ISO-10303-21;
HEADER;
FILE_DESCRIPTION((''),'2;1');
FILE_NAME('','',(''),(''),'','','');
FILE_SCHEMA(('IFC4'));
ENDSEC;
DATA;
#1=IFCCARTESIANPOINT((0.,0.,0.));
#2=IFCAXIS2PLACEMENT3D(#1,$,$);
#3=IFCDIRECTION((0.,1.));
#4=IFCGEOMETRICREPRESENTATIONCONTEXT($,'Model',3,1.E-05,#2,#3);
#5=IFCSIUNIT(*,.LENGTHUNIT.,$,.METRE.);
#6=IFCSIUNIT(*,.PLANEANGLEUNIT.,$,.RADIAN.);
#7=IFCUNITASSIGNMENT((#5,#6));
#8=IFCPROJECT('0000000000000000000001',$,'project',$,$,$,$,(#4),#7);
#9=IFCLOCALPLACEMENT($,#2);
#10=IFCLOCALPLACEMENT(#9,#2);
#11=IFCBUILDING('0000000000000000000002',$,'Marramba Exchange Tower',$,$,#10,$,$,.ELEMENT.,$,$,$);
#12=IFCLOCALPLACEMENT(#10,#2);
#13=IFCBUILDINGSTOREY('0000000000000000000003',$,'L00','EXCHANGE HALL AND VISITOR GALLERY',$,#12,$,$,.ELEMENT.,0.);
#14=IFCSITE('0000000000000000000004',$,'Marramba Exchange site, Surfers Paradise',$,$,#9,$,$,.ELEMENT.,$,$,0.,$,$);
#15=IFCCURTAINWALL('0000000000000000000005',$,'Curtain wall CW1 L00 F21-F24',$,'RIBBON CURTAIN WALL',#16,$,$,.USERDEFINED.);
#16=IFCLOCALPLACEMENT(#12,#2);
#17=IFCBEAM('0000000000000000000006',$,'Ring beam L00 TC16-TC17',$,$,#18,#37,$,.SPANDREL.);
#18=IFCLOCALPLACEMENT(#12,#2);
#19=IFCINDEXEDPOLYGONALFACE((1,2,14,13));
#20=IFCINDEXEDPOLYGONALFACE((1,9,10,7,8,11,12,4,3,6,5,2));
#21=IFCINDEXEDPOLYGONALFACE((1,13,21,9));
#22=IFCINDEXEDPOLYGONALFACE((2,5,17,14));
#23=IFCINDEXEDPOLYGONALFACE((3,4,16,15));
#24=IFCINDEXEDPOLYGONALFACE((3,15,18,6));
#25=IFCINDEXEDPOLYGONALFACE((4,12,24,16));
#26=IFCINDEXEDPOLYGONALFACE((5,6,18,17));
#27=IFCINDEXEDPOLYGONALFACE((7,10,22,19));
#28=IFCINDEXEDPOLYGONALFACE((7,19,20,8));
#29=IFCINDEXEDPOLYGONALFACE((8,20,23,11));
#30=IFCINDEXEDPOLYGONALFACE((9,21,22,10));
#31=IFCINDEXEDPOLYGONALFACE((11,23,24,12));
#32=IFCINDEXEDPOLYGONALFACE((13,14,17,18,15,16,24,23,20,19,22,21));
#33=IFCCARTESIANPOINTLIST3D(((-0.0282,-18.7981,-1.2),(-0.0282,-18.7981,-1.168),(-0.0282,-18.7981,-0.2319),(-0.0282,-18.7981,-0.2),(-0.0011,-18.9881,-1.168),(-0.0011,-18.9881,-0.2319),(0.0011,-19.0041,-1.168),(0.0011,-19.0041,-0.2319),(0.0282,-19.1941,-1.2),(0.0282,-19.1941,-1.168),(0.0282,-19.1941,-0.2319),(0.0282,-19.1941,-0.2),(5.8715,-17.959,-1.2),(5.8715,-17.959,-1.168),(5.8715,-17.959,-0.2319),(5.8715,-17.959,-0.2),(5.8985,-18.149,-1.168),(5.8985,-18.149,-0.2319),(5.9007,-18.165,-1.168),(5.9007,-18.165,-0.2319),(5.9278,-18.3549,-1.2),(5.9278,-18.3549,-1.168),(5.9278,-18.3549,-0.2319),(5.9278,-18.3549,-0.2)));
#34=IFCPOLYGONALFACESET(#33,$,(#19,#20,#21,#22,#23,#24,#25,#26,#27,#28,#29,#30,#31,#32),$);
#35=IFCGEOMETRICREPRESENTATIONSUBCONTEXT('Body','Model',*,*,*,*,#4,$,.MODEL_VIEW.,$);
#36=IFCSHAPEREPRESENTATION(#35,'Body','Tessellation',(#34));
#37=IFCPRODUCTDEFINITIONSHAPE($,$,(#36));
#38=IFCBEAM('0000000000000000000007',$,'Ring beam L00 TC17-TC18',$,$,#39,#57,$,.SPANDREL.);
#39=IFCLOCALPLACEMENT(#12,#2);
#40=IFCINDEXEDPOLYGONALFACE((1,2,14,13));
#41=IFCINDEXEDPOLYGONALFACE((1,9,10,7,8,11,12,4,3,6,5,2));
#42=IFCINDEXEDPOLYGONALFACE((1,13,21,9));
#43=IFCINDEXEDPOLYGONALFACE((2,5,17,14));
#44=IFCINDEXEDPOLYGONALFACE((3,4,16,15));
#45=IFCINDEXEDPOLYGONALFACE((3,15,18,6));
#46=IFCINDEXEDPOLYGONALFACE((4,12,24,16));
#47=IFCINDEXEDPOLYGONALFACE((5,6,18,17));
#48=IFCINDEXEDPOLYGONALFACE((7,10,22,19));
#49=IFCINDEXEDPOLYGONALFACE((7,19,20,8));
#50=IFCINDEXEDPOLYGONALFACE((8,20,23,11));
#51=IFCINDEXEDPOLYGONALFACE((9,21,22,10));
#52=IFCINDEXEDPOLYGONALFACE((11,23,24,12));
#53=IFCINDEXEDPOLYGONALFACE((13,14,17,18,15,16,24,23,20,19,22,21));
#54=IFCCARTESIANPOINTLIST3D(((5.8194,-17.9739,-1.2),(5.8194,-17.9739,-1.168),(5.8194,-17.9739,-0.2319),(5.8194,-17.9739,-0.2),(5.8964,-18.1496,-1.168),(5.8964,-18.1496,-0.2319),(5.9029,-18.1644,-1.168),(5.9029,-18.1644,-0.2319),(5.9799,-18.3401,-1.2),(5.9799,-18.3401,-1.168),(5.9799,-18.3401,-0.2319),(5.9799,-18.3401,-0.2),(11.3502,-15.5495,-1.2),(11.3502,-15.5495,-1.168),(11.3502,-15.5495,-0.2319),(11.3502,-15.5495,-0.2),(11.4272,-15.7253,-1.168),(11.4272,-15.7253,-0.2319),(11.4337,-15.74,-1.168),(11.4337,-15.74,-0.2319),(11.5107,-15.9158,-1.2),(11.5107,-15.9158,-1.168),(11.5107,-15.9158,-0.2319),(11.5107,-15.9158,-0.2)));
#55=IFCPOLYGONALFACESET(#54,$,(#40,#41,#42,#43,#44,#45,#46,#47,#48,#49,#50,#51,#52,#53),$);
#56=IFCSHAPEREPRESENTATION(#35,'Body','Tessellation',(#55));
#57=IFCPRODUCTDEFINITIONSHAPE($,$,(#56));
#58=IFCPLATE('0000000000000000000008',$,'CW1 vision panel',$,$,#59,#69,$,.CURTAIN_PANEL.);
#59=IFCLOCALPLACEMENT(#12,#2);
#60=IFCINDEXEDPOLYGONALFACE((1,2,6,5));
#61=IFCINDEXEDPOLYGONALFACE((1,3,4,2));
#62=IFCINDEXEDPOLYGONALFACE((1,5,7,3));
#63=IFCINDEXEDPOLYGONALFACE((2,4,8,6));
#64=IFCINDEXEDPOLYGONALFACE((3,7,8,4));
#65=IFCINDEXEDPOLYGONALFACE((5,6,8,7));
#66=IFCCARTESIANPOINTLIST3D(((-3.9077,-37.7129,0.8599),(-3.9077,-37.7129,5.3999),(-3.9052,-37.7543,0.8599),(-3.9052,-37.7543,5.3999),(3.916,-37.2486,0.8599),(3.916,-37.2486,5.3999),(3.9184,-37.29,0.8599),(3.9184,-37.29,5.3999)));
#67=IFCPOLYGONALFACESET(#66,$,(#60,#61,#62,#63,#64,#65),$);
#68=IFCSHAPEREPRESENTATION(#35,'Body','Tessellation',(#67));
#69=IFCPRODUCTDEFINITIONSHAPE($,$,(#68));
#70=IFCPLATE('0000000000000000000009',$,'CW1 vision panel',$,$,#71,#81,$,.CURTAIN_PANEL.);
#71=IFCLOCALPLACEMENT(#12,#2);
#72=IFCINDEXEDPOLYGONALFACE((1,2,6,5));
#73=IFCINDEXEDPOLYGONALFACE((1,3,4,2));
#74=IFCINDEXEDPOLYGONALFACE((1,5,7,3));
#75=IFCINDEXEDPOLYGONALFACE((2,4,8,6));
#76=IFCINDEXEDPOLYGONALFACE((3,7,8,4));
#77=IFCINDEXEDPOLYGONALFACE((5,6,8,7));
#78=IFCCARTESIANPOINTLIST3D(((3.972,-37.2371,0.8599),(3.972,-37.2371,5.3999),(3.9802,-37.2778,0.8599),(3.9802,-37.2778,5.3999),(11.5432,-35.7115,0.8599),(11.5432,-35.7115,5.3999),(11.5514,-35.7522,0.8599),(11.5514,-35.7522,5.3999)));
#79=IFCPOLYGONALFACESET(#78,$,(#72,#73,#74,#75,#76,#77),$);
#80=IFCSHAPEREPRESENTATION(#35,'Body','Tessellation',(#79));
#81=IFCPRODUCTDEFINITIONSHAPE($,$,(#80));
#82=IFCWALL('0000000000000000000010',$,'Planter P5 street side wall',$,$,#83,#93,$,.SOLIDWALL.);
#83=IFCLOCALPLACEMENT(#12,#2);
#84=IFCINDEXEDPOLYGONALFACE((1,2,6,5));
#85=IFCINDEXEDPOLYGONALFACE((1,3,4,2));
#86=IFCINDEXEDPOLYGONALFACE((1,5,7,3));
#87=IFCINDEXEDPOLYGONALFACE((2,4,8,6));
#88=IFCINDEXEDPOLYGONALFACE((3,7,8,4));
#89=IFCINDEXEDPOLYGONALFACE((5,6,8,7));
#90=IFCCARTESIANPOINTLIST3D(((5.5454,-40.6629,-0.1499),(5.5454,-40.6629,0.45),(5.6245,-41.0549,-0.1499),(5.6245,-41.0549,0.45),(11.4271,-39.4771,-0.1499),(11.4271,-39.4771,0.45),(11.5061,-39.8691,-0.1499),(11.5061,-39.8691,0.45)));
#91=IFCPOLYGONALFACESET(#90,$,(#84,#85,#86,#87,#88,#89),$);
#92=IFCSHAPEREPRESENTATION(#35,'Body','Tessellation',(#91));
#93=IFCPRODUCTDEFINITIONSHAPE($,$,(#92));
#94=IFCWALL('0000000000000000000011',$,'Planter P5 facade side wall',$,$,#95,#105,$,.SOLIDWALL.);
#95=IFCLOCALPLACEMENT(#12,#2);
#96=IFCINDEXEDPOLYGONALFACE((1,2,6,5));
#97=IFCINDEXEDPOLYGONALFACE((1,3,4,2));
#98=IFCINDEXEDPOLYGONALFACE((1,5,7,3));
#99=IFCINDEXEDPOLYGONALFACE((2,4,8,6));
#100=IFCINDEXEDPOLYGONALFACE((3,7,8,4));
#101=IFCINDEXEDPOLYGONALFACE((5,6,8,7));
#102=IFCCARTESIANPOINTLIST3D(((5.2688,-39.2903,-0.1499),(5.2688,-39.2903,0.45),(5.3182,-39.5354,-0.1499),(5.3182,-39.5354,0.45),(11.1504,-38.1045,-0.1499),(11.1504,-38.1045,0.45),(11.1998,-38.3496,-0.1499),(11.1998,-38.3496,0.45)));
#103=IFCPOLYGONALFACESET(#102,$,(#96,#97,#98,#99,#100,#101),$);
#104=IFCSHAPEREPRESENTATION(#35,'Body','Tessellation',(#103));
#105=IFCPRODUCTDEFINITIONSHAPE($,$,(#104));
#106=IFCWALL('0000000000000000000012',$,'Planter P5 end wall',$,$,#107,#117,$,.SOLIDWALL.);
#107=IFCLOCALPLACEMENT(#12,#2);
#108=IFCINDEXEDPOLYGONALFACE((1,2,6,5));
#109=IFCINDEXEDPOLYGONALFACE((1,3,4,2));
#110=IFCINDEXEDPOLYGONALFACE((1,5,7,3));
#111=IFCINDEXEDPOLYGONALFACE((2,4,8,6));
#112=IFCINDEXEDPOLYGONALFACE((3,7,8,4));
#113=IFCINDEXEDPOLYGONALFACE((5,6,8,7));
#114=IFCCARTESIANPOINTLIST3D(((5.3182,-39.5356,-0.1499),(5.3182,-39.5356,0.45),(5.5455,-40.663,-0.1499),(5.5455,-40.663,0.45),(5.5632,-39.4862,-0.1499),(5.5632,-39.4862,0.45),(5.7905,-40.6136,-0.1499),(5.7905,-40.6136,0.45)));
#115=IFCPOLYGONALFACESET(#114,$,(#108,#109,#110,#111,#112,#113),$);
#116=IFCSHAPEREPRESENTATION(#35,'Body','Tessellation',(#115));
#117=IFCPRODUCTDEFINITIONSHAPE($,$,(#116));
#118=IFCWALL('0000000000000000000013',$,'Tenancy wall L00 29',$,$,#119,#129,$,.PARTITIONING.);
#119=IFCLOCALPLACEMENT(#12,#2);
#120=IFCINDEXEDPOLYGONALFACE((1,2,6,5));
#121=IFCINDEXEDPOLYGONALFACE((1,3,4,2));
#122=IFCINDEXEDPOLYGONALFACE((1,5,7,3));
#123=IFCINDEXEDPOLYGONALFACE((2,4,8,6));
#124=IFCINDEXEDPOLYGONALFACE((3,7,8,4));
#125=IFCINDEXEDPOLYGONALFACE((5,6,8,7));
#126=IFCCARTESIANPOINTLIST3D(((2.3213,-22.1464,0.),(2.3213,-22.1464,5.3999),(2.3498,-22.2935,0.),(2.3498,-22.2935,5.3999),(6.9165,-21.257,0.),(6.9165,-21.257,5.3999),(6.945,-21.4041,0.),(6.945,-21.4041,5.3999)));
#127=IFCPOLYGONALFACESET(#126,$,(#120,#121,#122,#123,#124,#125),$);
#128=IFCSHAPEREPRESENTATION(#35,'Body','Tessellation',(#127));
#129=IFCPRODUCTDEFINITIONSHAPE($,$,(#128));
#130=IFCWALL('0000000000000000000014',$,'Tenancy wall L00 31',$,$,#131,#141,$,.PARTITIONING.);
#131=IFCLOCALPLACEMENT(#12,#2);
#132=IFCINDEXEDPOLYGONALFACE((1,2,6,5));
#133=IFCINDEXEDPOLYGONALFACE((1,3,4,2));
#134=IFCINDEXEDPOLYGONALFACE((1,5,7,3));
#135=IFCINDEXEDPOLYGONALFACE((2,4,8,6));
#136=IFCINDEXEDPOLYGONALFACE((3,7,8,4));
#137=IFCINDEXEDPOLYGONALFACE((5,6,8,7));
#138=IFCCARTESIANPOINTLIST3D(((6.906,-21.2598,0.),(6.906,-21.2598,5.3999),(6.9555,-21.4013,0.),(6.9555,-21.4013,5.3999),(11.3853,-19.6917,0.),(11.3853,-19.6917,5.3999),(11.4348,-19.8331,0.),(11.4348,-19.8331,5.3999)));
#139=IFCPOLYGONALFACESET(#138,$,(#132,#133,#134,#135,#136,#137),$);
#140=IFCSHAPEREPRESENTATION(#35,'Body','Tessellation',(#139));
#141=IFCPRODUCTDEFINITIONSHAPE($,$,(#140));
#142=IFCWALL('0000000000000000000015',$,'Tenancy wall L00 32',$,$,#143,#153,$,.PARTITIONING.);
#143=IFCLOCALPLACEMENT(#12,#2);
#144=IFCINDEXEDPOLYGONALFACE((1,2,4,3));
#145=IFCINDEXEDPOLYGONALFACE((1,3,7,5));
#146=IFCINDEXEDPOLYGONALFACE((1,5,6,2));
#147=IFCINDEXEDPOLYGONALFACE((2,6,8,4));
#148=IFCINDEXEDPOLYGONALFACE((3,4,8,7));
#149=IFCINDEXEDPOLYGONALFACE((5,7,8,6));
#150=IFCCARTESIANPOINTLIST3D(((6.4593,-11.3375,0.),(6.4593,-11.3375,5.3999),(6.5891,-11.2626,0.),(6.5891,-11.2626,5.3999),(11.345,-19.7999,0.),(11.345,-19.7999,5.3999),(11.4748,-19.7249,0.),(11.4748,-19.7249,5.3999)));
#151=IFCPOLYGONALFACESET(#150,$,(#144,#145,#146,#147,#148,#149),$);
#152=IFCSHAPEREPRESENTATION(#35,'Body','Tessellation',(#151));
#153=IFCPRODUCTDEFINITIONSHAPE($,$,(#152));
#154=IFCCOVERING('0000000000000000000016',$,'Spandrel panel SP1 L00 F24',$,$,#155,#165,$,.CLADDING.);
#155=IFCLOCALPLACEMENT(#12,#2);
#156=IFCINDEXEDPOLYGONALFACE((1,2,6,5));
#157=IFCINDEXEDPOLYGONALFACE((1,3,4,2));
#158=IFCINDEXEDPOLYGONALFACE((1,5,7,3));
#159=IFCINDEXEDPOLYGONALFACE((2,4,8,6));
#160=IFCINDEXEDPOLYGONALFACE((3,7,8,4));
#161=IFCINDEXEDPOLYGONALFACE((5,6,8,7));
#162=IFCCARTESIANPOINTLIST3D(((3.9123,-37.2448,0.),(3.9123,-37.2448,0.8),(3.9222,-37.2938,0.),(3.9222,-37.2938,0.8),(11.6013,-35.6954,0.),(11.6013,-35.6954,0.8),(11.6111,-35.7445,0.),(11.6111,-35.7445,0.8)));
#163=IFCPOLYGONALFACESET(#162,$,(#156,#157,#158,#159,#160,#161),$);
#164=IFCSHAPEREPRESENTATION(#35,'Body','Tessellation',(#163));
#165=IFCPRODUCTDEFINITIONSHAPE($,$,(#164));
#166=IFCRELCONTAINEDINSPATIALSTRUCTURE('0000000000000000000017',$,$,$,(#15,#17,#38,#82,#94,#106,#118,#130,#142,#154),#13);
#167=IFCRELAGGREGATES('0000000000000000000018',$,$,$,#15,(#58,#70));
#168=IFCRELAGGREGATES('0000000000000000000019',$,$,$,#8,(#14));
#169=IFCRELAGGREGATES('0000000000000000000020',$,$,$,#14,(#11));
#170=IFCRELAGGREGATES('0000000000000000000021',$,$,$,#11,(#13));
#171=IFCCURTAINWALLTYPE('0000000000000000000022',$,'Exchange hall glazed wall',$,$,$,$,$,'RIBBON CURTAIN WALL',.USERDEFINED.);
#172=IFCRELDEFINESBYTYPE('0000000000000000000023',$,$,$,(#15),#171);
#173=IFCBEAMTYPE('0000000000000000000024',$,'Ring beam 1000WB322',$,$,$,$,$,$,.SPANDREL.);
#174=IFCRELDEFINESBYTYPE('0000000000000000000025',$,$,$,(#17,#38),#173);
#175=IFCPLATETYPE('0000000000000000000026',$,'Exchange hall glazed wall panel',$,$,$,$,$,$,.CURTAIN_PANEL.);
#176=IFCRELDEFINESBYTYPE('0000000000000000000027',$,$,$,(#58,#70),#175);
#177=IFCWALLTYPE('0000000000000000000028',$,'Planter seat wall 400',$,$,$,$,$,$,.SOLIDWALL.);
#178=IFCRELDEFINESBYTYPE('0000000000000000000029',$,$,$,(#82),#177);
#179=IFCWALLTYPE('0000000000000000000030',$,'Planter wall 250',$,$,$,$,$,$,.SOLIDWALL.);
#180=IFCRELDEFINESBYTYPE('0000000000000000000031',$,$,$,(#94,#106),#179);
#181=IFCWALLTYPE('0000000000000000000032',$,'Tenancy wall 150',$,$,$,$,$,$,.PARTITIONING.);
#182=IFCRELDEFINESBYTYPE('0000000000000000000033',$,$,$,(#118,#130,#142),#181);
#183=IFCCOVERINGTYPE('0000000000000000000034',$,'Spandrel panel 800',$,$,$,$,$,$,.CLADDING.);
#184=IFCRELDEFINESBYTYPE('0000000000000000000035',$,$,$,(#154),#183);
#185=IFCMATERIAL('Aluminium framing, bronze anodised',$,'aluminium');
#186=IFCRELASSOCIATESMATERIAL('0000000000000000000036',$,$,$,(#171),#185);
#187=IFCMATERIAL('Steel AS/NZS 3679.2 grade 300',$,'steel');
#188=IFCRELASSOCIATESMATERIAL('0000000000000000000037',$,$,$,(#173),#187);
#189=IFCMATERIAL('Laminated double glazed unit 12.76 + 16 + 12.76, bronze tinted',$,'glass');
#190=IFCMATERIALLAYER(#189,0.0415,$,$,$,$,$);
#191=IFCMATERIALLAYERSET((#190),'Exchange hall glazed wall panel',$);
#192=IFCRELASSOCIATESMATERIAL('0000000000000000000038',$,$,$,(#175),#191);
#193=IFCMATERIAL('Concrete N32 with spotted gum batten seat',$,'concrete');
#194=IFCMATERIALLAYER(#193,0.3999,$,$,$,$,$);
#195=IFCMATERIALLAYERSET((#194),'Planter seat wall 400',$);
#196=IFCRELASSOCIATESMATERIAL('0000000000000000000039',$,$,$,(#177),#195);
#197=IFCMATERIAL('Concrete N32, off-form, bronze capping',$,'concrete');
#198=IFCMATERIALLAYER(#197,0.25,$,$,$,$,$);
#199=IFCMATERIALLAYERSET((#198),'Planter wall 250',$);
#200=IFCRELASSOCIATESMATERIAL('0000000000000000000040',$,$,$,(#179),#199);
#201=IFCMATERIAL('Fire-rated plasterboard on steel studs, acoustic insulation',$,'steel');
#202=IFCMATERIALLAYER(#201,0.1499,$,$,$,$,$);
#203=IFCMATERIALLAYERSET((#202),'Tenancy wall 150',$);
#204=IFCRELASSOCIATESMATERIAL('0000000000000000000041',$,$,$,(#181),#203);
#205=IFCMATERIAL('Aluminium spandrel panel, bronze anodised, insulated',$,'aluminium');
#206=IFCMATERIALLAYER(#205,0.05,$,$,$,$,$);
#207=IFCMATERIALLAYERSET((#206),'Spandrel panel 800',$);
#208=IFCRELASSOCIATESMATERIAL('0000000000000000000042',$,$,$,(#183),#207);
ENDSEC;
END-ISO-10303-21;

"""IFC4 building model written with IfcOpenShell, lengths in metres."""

from ifc_helpers import new_model, si_unit, direction, frame, frame_2d, origin, origin_2d, place, context, subcontext, project, spatial, rectangle, i_section, extrude, material, layer, layer_set, material_profile, profile_set, type_object, element, aggregate, save


model = new_model("IFC4")

# Units and contexts
model_context = context("Model", 3, precision=1e-05, world=origin(), true_north=direction((0.0, 1.0)))
body_context = subcontext(model_context, "Body", "Model", "MODEL_VIEW")
ifc_project = project(units=[si_unit("LENGTHUNIT", "METRE"), si_unit("PLANEANGLEUNIT", "RADIAN")], contexts=[model_context])

# Site, building, storey
site_placement = place(None, origin())
site = spatial("IfcSite", under=ifc_project, at=site_placement, Name="Marramba Exchange site, Surfers Paradise", CompositionType="ELEMENT", RefElevation=0.0)
building_placement = place(site_placement, origin())
building = spatial("IfcBuilding", under=site, at=building_placement, Name="Marramba Exchange Tower", CompositionType="ELEMENT")
storey_placement = place(building_placement, origin())
storey = spatial("IfcBuildingStorey", under=building, at=storey_placement, Name="L00", Description="EXCHANGE HALL AND VISITOR GALLERY", CompositionType="ELEMENT", Elevation=0.0)

# Curtain wall
ifc_material_1 = material(Name="Aluminium framing, bronze anodised", Category="aluminium")
curtain_wall_type = type_object("IfcCurtainWallType", Name="Exchange hall glazed wall", ElementType="RIBBON CURTAIN WALL", PredefinedType="USERDEFINED", material=ifc_material_1)
curtain_wall_placement = place(storey_placement, origin())
curtain_wall = element("IfcCurtainWall", 1, at=curtain_wall_placement, inside=storey, type_object=curtain_wall_type, Name="Curtain wall CW1 L00 F21-F24", ObjectType="RIBBON CURTAIN WALL", PredefinedType="USERDEFINED")

# Beams
ifc_material_2 = material(Name="Steel AS/NZS 3679.2 grade 300", Category="steel")
ifc_material_profile_1 = material_profile(ifc_material_2, i_section(OverallWidth=0.3999, OverallDepth=1.0, WebThickness=0.0161, FlangeThickness=0.032, at=origin_2d()), Name="1000WB322")
ifc_profile_set_1 = profile_set([ifc_material_profile_1], Name="Steel AS/NZS 3679.2 grade 300")
beam_type_1 = type_object("IfcBeamType", Name="Ring beam 1000WB322", PredefinedType="SPANDREL", material=ifc_profile_set_1)
beam_1_placement = place(storey_placement, frame((0.0, -18.9961, -0.7), z_axis=(0.990036, 0.140813, 0.0), x_axis=(-0.140813, 0.990036, 0.0)))
element("IfcBeam", 2, at=beam_1_placement, inside=storey, type_object=beam_type_1, Name="Ring beam L00 TC16-TC17", PredefinedType="SPANDREL", context=body_context, shape_type="SweptSolid", body=[
    extrude(i_section(OverallWidth=0.3999, OverallDepth=1.0, WebThickness=0.0161, FlangeThickness=0.032, at=origin_2d()), origin(), (0.0, 0.0, 1.0), 5.959),
])
beam_2_placement = place(storey_placement, frame((5.8997, -18.157, -0.7), z_axis=(0.915877, 0.401459, 0.0), x_axis=(-0.401459, 0.915877, 0.0)))
element("IfcBeam", 3, at=beam_2_placement, inside=storey, type_object=beam_type_1, Name="Ring beam L00 TC17-TC18", PredefinedType="SPANDREL", context=body_context, shape_type="SweptSolid", body=[
    extrude(i_section(OverallWidth=0.3999, OverallDepth=1.0, WebThickness=0.0161, FlangeThickness=0.032, at=origin_2d()), origin(), (0.0, 0.0, 1.0), 6.0388),
])

# Plates
ifc_material_3 = material(Name="Laminated double glazed unit 12.76 + 16 + 12.76, bronze tinted", Category="glass")
ifc_layer_1 = layer(ifc_material_3, 0.0415)
ifc_layer_set_1 = layer_set([ifc_layer_1], Name="Exchange hall glazed wall panel")
plate_type = type_object("IfcPlateType", Name="Exchange hall glazed wall panel", PredefinedType="CURTAIN_PANEL", material=ifc_layer_set_1)
plate_1_placement = place(storey_placement, frame((0.0054, -37.5015, 0.8599), z_axis=(0.0, 0.0, 1.0), x_axis=(0.998244, 0.059244, 0.0)))
plate_1 = element("IfcPlate", 4, at=plate_1_placement, type_object=plate_type, Name="CW1 vision panel", PredefinedType="CURTAIN_PANEL", context=body_context, shape_type="SweptSolid", body=[
    extrude(rectangle(XDim=7.8374, YDim=0.0415, at=origin_2d()), origin(), (0.0, 0.0, 1.0), 4.54),
])
plate_2_placement = place(storey_placement, frame((7.7617, -36.4946, 0.8599), z_axis=(0.0, 0.0, 1.0), x_axis=(0.980296, 0.197535, 0.0)))
plate_2 = element("IfcPlate", 5, at=plate_2_placement, type_object=plate_type, Name="CW1 vision panel", PredefinedType="CURTAIN_PANEL", context=body_context, shape_type="SweptSolid", body=[
    extrude(rectangle(XDim=7.7234, YDim=0.0415, at=origin_2d()), origin(), (0.0, 0.0, 1.0), 4.54),
])
aggregate(curtain_wall, [plate_1, plate_2])

# Walls
ifc_material_4 = material(Name="Concrete N32 with spotted gum batten seat", Category="concrete")
ifc_layer_2 = layer(ifc_material_4, 0.3999)
ifc_layer_set_2 = layer_set([ifc_layer_2], Name="Planter seat wall 400")
wall_type_1 = type_object("IfcWallType", Name="Planter seat wall 400", PredefinedType="SOLIDWALL", material=ifc_layer_set_2)
wall_1_placement = place(storey_placement, frame((5.585, -40.8589, -0.1499), z_axis=(0.0, 0.0, 1.0), x_axis=(0.980276, 0.197634, 0.0)))
element("IfcWall", 6, at=wall_1_placement, inside=storey, type_object=wall_type_1, Name="Planter P5 street side wall", PredefinedType="SOLIDWALL", context=body_context, shape_type="SweptSolid", body=[
    extrude(rectangle(XDim=6.0, YDim=0.3999, at=frame_2d((3.0, 0.0))), origin(), (0.0, 0.0, 1.0), 0.5999),
])
ifc_material_5 = material(Name="Concrete N32, off-form, bronze capping", Category="concrete")
ifc_layer_3 = layer(ifc_material_5, 0.25)
ifc_layer_set_3 = layer_set([ifc_layer_3], Name="Planter wall 250")
wall_type_2 = type_object("IfcWallType", Name="Planter wall 250", PredefinedType="SOLIDWALL", material=ifc_layer_set_3)
wall_2_placement = place(storey_placement, frame((5.2935, -39.4128, -0.1499), z_axis=(0.0, 0.0, 1.0), x_axis=(0.980276, 0.197634, 0.0)))
element("IfcWall", 7, at=wall_2_placement, inside=storey, type_object=wall_type_2, Name="Planter P5 facade side wall", PredefinedType="SOLIDWALL", context=body_context, shape_type="SweptSolid", body=[
    extrude(rectangle(XDim=6.0, YDim=0.25, at=frame_2d((3.0, 0.0))), origin(), (0.0, 0.0, 1.0), 0.5999),
])
wall_3_placement = place(storey_placement, frame((5.4407, -39.5107, -0.1499), z_axis=(0.0, 0.0, 1.0), x_axis=(0.197626, -0.980277, 0.0)))
element("IfcWall", 8, at=wall_3_placement, inside=storey, type_object=wall_type_2, Name="Planter P5 end wall", PredefinedType="SOLIDWALL", context=body_context, shape_type="SweptSolid", body=[
    extrude(rectangle(XDim=1.1501, YDim=0.25, at=frame_2d((0.5752, 0.0))), origin(), (0.0, 0.0, 1.0), 0.5999),
])
ifc_material_6 = material(Name="Fire-rated plasterboard on steel studs, acoustic insulation", Category="steel")
ifc_layer_4 = layer(ifc_material_6, 0.1499)
ifc_layer_set_4 = layer_set([ifc_layer_4], Name="Tenancy wall 150")
wall_type_3 = type_object("IfcWallType", Name="Tenancy wall 150", PredefinedType="PARTITIONING", material=ifc_layer_set_4)
wall_4_placement = place(storey_placement, frame((2.3354, -22.22, 0.0), z_axis=(0.0, 0.0, 1.0), x_axis=(0.98178, 0.190024, 0.0)))
element("IfcWall", 9, at=wall_4_placement, inside=storey, type_object=wall_type_3, Name="Tenancy wall L00 29", PredefinedType="PARTITIONING", context=body_context, shape_type="SweptSolid", body=[
    extrude(rectangle(XDim=4.6804, YDim=0.1499, at=frame_2d((2.3403, 0.0))), origin(), (0.0, 0.0, 1.0), 5.3999),
])
wall_5_placement = place(storey_placement, frame((6.9307, -21.3306, 0.0), z_axis=(0.0, 0.0, 1.0), x_axis=(0.943833, 0.330421, 0.0)))
element("IfcWall", 10, at=wall_5_placement, inside=storey, type_object=wall_type_3, Name="Tenancy wall L00 31", PredefinedType="PARTITIONING", context=body_context, shape_type="SweptSolid", body=[
    extrude(rectangle(XDim=4.7458, YDim=0.1499, at=frame_2d((2.373, 0.0))), origin(), (0.0, 0.0, 1.0), 5.3999),
])
wall_6_placement = place(storey_placement, frame((6.5242, -11.3, 0.0), z_axis=(0.0, 0.0, 1.0), x_axis=(0.499998, -0.866027, 0.0)))
element("IfcWall", 11, at=wall_6_placement, inside=storey, type_object=wall_type_3, Name="Tenancy wall L00 32", PredefinedType="PARTITIONING", context=body_context, shape_type="SweptSolid", body=[
    extrude(rectangle(XDim=9.7715, YDim=0.1499, at=frame_2d((4.8857, 0.0))), origin(), (0.0, 0.0, 1.0), 5.3999),
])

# Covering
ifc_material_7 = material(Name="Aluminium spandrel panel, bronze anodised, insulated", Category="aluminium")
ifc_layer_5 = layer(ifc_material_7, 0.05)
ifc_layer_set_5 = layer_set([ifc_layer_5], Name="Spandrel panel 800")
covering_type = type_object("IfcCoveringType", Name="Spandrel panel 800", PredefinedType="CLADDING", material=ifc_layer_set_5)
covering_placement = place(storey_placement, frame((7.7617, -36.4946, 0.0), z_axis=(0.0, 0.0, 1.0), x_axis=(0.980296, 0.197535, 0.0)))
element("IfcCovering", 12, at=covering_placement, inside=storey, type_object=covering_type, Name="Spandrel panel SP1 L00 F24", PredefinedType="CLADDING", context=body_context, shape_type="SweptSolid", body=[
    extrude(rectangle(XDim=7.8435, YDim=0.05, at=origin_2d()), origin(), (0.0, 0.0, 1.0), 0.8),
])

save(model, "model.ifc")
